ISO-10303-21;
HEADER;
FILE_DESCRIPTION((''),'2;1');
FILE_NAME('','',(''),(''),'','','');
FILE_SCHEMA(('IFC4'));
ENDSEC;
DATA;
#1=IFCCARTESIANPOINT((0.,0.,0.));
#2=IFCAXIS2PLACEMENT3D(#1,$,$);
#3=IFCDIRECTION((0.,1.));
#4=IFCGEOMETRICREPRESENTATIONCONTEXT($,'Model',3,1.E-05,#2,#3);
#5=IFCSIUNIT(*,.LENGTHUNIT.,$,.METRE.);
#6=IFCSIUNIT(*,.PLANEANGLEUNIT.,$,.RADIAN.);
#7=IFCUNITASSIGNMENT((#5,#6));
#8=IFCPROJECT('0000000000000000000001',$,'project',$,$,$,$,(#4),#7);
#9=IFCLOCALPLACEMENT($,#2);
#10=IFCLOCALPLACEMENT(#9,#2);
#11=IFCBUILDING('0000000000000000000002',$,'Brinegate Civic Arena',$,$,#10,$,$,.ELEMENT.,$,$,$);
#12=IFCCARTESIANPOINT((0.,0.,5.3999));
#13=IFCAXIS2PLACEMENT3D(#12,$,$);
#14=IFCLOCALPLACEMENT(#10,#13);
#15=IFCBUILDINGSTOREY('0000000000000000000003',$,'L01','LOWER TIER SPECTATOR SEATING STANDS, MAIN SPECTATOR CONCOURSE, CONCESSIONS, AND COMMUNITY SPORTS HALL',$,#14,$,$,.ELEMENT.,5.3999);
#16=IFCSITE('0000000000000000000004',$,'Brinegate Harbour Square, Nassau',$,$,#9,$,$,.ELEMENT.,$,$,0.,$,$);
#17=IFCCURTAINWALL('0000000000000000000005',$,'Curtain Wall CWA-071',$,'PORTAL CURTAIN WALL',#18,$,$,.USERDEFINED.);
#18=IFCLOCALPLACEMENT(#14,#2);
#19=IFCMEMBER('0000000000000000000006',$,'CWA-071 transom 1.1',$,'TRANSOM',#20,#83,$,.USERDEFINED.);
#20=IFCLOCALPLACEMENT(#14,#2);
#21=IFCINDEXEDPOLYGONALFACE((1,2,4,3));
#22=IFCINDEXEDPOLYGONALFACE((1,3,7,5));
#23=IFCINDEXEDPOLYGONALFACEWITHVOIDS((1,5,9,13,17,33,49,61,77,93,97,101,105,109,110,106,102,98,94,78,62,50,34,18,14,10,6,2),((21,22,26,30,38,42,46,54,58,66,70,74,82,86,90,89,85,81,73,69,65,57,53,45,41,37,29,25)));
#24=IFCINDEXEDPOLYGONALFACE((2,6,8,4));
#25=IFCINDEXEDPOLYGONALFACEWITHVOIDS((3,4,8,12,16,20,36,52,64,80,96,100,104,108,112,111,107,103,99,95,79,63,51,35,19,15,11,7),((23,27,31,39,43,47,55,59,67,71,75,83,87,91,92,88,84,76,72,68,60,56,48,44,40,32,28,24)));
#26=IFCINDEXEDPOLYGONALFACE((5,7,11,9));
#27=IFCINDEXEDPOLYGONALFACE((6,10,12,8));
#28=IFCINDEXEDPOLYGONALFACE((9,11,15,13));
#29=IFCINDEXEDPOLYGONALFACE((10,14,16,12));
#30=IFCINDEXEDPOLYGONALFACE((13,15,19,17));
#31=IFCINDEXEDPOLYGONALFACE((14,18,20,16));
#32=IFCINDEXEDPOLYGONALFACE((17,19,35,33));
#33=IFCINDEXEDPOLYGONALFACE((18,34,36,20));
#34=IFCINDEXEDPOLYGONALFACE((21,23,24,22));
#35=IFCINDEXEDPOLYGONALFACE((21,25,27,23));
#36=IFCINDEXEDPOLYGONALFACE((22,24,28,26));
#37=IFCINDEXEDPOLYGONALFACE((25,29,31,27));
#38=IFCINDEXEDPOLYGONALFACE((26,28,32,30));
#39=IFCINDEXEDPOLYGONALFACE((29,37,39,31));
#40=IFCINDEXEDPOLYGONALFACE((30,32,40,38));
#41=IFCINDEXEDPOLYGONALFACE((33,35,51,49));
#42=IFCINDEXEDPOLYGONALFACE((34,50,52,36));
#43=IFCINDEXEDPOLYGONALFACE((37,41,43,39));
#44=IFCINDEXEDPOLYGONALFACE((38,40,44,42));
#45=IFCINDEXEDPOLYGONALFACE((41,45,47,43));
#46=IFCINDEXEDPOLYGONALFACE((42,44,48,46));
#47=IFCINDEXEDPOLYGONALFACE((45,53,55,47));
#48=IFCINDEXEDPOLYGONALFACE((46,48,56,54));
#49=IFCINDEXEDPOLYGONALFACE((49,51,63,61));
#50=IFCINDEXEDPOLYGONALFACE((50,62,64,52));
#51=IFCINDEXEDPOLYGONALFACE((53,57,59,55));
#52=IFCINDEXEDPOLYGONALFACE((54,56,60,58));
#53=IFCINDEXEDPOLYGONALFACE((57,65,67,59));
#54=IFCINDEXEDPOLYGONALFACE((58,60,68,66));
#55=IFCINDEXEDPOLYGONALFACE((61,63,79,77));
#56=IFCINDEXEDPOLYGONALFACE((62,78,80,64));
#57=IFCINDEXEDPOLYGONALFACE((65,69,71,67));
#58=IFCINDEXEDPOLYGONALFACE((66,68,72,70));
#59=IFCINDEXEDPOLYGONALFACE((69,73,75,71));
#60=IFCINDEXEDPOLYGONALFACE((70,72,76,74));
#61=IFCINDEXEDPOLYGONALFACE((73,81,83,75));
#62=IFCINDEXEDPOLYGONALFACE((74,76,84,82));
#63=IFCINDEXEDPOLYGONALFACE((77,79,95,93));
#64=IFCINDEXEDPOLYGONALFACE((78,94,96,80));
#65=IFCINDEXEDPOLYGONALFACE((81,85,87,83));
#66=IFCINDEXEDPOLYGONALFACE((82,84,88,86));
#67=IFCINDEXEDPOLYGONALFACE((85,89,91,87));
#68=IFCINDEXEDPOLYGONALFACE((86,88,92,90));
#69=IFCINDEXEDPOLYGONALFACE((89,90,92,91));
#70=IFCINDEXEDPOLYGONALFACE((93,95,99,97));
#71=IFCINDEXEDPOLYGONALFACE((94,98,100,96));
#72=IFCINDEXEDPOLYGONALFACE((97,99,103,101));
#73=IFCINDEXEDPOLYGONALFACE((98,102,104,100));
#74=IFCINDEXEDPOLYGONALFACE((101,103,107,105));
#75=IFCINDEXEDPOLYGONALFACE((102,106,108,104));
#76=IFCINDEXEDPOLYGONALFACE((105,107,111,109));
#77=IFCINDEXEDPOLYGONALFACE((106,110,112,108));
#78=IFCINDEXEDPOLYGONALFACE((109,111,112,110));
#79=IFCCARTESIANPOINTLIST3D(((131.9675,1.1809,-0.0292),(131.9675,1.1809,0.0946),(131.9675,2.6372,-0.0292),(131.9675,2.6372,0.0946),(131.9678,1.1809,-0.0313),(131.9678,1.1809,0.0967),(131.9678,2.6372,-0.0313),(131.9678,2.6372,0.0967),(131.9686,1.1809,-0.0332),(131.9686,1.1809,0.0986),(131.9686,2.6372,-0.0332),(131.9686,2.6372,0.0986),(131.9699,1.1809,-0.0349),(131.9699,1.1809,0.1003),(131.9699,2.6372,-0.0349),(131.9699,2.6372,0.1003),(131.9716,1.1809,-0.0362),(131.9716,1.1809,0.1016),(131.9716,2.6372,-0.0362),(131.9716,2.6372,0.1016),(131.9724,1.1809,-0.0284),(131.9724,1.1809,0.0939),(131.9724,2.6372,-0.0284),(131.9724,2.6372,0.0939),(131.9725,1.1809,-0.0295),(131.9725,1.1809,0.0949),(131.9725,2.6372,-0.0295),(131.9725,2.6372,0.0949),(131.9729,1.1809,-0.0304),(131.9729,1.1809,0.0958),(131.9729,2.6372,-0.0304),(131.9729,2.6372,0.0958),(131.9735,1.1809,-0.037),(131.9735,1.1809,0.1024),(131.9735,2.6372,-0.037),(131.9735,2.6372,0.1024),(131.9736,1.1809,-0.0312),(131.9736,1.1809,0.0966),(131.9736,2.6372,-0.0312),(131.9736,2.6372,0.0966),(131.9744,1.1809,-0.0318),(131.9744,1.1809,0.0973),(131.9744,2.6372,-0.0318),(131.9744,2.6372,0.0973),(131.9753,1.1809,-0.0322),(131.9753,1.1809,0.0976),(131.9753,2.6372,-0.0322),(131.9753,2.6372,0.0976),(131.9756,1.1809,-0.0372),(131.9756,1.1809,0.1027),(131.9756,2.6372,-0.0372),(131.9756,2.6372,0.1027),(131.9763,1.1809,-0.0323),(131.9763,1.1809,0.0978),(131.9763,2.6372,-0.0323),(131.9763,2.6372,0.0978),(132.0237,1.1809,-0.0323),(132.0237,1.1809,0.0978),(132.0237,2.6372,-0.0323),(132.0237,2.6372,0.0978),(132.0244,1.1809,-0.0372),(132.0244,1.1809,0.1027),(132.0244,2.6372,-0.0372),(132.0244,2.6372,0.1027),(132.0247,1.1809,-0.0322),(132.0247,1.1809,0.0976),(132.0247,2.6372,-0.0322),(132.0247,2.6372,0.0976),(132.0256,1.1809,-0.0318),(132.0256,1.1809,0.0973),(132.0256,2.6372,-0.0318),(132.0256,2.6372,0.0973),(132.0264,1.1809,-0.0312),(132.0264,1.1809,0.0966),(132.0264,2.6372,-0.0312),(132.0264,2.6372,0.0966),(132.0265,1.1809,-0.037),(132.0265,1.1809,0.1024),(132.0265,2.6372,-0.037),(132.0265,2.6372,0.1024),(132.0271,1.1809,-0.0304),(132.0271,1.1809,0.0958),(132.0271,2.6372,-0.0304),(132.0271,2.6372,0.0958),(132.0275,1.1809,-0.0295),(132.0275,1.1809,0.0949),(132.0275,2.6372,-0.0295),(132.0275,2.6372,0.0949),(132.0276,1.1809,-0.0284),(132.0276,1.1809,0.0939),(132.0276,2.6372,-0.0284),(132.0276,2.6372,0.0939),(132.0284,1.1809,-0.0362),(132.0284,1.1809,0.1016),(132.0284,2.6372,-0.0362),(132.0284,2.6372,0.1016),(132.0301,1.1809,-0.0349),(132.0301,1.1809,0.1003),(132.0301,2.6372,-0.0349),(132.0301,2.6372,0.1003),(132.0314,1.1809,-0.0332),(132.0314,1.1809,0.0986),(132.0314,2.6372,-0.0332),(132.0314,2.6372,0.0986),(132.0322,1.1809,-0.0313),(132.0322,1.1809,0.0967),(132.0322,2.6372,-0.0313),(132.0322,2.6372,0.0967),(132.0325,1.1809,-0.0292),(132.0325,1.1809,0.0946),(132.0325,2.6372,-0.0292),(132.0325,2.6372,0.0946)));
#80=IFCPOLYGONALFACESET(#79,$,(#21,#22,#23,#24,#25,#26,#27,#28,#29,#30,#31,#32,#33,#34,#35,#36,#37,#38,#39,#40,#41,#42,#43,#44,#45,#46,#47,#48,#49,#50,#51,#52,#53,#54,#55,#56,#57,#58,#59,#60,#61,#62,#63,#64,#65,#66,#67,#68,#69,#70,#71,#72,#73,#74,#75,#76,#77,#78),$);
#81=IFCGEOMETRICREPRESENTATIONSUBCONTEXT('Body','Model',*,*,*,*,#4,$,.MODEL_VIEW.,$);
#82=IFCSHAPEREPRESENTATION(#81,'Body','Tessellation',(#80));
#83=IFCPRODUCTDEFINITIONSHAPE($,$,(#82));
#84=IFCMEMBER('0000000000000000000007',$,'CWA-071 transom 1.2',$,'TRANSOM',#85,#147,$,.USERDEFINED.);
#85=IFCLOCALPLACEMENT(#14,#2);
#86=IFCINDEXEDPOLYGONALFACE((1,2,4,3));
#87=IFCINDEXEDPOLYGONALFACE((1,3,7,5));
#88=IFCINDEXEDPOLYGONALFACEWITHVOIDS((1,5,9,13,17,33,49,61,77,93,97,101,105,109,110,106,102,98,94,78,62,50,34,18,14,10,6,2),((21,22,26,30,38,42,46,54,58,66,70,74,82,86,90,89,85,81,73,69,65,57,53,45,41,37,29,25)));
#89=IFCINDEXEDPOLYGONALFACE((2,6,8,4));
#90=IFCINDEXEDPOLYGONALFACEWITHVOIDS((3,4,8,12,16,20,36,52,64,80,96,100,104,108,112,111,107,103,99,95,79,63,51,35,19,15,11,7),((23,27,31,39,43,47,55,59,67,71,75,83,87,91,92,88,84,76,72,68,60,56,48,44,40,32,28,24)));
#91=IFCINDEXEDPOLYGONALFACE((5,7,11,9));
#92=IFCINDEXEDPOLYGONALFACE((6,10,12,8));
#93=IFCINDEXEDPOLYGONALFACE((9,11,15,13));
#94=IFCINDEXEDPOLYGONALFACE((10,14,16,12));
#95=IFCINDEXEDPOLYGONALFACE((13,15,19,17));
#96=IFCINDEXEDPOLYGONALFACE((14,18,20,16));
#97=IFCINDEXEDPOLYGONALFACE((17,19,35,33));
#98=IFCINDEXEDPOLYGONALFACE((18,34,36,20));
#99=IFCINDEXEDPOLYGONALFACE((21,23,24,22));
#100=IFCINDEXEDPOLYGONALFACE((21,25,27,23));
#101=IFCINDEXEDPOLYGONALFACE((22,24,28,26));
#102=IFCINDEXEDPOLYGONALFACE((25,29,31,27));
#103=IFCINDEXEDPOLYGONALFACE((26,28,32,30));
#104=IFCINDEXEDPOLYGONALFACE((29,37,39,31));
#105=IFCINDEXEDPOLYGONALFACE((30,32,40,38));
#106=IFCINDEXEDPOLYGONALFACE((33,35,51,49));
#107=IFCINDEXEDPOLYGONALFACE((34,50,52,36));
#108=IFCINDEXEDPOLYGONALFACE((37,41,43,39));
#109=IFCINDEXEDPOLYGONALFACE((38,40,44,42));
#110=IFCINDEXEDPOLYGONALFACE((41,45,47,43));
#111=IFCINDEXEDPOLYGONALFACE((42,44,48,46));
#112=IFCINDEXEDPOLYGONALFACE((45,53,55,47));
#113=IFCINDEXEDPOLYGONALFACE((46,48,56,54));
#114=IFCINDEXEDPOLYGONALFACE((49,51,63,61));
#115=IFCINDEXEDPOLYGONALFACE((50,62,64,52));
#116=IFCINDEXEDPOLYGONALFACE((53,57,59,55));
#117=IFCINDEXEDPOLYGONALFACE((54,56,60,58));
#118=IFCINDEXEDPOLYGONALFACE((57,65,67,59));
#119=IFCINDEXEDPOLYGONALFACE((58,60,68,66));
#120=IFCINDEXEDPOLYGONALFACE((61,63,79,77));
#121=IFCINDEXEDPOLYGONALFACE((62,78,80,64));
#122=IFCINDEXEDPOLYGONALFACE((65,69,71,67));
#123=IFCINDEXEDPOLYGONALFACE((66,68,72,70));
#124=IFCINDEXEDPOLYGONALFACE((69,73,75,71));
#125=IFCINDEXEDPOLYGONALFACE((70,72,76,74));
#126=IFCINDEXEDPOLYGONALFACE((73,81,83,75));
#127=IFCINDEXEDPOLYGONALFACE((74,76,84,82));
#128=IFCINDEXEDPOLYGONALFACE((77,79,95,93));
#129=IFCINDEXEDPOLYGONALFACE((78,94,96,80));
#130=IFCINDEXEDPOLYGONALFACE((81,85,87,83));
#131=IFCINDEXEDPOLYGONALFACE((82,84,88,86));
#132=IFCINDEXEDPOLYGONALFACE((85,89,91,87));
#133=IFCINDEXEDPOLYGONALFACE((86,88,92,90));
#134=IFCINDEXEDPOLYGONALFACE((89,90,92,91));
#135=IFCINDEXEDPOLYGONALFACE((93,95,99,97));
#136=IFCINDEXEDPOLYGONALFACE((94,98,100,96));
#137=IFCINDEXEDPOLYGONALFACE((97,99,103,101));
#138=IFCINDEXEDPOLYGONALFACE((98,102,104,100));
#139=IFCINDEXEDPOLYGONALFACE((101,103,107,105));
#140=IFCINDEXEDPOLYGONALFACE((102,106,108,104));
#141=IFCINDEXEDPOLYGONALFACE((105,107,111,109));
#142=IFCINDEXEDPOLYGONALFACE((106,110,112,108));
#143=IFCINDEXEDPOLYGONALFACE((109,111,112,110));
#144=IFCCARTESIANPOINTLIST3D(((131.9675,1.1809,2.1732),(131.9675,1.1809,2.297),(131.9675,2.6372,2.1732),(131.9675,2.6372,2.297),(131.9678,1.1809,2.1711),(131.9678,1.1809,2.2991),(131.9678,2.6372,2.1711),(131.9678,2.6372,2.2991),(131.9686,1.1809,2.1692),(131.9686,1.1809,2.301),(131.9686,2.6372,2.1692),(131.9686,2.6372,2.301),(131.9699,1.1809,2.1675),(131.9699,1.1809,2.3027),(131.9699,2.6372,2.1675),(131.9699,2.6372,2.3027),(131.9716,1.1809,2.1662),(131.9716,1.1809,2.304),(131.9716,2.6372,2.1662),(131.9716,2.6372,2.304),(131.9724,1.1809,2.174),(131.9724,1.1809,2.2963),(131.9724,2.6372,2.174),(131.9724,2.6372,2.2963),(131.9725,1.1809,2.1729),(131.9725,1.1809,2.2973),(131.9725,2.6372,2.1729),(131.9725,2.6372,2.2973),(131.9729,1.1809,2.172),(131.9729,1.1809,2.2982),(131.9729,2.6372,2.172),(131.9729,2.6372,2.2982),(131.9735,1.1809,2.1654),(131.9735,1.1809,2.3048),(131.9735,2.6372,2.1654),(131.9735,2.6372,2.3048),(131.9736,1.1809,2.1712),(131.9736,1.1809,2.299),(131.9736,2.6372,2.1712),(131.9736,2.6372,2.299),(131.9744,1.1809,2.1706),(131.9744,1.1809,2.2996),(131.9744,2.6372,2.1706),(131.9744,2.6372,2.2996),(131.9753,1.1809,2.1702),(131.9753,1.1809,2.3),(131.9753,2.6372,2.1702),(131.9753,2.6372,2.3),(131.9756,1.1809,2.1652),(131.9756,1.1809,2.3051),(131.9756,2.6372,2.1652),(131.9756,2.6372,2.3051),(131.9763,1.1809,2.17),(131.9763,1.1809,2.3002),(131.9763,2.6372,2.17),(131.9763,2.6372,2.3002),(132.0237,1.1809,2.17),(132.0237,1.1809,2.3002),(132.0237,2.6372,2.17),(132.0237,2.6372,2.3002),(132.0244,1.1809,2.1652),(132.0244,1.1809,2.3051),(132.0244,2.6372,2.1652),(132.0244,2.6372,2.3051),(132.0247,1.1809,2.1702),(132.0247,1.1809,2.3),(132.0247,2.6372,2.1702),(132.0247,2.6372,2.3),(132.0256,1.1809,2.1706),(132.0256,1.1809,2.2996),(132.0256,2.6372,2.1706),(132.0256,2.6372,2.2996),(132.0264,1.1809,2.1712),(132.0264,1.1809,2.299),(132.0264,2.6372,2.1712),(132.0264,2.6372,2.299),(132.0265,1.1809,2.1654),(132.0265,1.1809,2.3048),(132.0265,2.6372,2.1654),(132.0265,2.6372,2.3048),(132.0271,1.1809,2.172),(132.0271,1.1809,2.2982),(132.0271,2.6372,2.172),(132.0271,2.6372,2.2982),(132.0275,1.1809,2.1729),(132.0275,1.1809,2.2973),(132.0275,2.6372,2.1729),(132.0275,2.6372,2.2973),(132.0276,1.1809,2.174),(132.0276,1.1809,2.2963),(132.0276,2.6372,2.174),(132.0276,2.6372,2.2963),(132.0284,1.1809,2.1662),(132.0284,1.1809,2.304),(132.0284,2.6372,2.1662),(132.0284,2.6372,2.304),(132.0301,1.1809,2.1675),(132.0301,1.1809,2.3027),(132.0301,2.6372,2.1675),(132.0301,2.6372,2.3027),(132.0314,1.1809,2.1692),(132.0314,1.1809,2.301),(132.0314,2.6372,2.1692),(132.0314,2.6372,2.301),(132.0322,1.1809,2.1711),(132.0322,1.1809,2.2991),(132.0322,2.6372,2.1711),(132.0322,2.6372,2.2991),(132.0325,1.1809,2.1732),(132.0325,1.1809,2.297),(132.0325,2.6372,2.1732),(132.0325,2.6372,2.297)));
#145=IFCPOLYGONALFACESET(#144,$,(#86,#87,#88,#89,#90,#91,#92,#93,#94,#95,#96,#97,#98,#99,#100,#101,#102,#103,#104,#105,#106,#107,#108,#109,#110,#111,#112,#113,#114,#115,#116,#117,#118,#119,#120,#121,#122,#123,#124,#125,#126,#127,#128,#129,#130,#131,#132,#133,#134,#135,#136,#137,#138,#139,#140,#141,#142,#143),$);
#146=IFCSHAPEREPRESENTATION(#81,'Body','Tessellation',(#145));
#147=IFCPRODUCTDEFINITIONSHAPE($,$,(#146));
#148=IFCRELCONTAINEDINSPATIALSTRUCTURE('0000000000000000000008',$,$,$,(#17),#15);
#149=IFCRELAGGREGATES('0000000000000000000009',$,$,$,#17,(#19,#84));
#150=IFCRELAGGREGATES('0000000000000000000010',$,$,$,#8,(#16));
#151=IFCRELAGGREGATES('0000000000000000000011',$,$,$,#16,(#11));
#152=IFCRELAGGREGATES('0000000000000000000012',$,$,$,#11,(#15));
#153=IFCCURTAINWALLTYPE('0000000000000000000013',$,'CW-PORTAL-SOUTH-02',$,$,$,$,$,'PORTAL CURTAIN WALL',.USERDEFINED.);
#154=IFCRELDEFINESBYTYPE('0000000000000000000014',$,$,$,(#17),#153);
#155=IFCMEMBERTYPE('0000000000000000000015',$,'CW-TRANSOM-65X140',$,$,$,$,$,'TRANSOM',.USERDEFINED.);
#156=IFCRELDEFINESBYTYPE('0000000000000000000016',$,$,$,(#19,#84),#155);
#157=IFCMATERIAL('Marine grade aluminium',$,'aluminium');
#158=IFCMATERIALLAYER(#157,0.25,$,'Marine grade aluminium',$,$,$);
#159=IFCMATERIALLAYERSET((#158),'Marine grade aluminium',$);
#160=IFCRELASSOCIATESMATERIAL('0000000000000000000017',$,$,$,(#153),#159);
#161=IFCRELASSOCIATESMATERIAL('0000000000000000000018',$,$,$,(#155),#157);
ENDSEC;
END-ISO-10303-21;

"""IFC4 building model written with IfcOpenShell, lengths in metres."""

from ifc_helpers import new_model, si_unit, direction, frame, origin, origin_2d, place, context, subcontext, project, spatial, hollow_rectangle, extrude, material, layer, layer_set, material_profile, profile_set, type_object, element, aggregate, save


model = new_model("IFC4")

# Units and contexts
model_context = context("Model", 3, precision=1e-05, world=origin(), true_north=direction((0.0, 1.0)))
body_context = subcontext(model_context, "Body", "Model", "MODEL_VIEW")
ifc_project = project(units=[si_unit("LENGTHUNIT", "METRE"), si_unit("PLANEANGLEUNIT", "RADIAN")], contexts=[model_context])

# Site, building, storey
site_placement = place(None, origin())
site = spatial("IfcSite", under=ifc_project, at=site_placement, Name="Brinegate Harbour Square, Nassau", CompositionType="ELEMENT", RefElevation=0.0)
building_placement = place(site_placement, origin())
building = spatial("IfcBuilding", under=site, at=building_placement, Name="Brinegate Civic Arena", CompositionType="ELEMENT")
storey_placement = place(building_placement, frame((0.0, 0.0, 5.3999)))
storey = spatial("IfcBuildingStorey", under=building, at=storey_placement, Name="L01", Description="LOWER TIER SPECTATOR SEATING STANDS, MAIN SPECTATOR CONCOURSE, CONCESSIONS, AND COMMUNITY SPORTS HALL", CompositionType="ELEMENT", Elevation=5.3999)

# Curtain wall, members
ifc_material_1 = material(Name="Marine grade aluminium", Category="aluminium")
ifc_layer_1 = layer(ifc_material_1, 0.25, Name="Marine grade aluminium")
ifc_layer_set_1 = layer_set([ifc_layer_1], Name="Marine grade aluminium")
curtain_wall_type = type_object("IfcCurtainWallType", Name="CW-PORTAL-SOUTH-02", ElementType="PORTAL CURTAIN WALL", PredefinedType="USERDEFINED", material=ifc_layer_set_1)
curtain_wall_placement = place(storey_placement, origin())
curtain_wall = element("IfcCurtainWall", 1, at=curtain_wall_placement, inside=storey, type_object=curtain_wall_type, Name="Curtain Wall CWA-071", ObjectType="PORTAL CURTAIN WALL", PredefinedType="USERDEFINED")
ifc_material_profile_1 = material_profile(ifc_material_1, hollow_rectangle(XDim=0.0649, YDim=0.1399, WallThickness=0.0049, InnerFilletRadius=0.0039, OuterFilletRadius=0.0081, at=origin_2d()), Name="TRN65X140")
ifc_profile_set_1 = profile_set([ifc_material_profile_1], Name="Marine grade aluminium")
member_type_1 = type_object("IfcMemberType", Name="CW-TRANSOM-65X140", ElementType="TRANSOM", PredefinedType="USERDEFINED", material=ifc_profile_set_1)
member_1_placement = place(storey_placement, frame((132.0, 1.1809, 0.0327), z_axis=(0.0, 1.0, 0.0), x_axis=(-1.0, 0.0, 0.0)))
member_1 = element("IfcMember", 2, at=member_1_placement, type_object=member_type_1, Name="CWA-071 transom 1.1", ObjectType="TRANSOM", PredefinedType="USERDEFINED", context=body_context, shape_type="SweptSolid", body=[
    extrude(hollow_rectangle(XDim=0.0649, YDim=0.1399, WallThickness=0.0049, InnerFilletRadius=0.0039, OuterFilletRadius=0.0081, at=origin_2d()), origin(), (0.0, 0.0, 1.0), 1.4563),
])
member_2_placement = place(storey_placement, frame((132.0, 1.1809, 2.2351), z_axis=(0.0, 1.0, 0.0), x_axis=(-1.0, 0.0, 0.0)))
member_2 = element("IfcMember", 3, at=member_2_placement, type_object=member_type_1, Name="CWA-071 transom 1.2", ObjectType="TRANSOM", PredefinedType="USERDEFINED", context=body_context, shape_type="SweptSolid", body=[
    extrude(hollow_rectangle(XDim=0.0649, YDim=0.1399, WallThickness=0.0049, InnerFilletRadius=0.0039, OuterFilletRadius=0.0081, at=origin_2d()), origin(), (0.0, 0.0, 1.0), 1.4563),
])

aggregate(curtain_wall, [member_1, member_2])

save(model, "model.ifc")
